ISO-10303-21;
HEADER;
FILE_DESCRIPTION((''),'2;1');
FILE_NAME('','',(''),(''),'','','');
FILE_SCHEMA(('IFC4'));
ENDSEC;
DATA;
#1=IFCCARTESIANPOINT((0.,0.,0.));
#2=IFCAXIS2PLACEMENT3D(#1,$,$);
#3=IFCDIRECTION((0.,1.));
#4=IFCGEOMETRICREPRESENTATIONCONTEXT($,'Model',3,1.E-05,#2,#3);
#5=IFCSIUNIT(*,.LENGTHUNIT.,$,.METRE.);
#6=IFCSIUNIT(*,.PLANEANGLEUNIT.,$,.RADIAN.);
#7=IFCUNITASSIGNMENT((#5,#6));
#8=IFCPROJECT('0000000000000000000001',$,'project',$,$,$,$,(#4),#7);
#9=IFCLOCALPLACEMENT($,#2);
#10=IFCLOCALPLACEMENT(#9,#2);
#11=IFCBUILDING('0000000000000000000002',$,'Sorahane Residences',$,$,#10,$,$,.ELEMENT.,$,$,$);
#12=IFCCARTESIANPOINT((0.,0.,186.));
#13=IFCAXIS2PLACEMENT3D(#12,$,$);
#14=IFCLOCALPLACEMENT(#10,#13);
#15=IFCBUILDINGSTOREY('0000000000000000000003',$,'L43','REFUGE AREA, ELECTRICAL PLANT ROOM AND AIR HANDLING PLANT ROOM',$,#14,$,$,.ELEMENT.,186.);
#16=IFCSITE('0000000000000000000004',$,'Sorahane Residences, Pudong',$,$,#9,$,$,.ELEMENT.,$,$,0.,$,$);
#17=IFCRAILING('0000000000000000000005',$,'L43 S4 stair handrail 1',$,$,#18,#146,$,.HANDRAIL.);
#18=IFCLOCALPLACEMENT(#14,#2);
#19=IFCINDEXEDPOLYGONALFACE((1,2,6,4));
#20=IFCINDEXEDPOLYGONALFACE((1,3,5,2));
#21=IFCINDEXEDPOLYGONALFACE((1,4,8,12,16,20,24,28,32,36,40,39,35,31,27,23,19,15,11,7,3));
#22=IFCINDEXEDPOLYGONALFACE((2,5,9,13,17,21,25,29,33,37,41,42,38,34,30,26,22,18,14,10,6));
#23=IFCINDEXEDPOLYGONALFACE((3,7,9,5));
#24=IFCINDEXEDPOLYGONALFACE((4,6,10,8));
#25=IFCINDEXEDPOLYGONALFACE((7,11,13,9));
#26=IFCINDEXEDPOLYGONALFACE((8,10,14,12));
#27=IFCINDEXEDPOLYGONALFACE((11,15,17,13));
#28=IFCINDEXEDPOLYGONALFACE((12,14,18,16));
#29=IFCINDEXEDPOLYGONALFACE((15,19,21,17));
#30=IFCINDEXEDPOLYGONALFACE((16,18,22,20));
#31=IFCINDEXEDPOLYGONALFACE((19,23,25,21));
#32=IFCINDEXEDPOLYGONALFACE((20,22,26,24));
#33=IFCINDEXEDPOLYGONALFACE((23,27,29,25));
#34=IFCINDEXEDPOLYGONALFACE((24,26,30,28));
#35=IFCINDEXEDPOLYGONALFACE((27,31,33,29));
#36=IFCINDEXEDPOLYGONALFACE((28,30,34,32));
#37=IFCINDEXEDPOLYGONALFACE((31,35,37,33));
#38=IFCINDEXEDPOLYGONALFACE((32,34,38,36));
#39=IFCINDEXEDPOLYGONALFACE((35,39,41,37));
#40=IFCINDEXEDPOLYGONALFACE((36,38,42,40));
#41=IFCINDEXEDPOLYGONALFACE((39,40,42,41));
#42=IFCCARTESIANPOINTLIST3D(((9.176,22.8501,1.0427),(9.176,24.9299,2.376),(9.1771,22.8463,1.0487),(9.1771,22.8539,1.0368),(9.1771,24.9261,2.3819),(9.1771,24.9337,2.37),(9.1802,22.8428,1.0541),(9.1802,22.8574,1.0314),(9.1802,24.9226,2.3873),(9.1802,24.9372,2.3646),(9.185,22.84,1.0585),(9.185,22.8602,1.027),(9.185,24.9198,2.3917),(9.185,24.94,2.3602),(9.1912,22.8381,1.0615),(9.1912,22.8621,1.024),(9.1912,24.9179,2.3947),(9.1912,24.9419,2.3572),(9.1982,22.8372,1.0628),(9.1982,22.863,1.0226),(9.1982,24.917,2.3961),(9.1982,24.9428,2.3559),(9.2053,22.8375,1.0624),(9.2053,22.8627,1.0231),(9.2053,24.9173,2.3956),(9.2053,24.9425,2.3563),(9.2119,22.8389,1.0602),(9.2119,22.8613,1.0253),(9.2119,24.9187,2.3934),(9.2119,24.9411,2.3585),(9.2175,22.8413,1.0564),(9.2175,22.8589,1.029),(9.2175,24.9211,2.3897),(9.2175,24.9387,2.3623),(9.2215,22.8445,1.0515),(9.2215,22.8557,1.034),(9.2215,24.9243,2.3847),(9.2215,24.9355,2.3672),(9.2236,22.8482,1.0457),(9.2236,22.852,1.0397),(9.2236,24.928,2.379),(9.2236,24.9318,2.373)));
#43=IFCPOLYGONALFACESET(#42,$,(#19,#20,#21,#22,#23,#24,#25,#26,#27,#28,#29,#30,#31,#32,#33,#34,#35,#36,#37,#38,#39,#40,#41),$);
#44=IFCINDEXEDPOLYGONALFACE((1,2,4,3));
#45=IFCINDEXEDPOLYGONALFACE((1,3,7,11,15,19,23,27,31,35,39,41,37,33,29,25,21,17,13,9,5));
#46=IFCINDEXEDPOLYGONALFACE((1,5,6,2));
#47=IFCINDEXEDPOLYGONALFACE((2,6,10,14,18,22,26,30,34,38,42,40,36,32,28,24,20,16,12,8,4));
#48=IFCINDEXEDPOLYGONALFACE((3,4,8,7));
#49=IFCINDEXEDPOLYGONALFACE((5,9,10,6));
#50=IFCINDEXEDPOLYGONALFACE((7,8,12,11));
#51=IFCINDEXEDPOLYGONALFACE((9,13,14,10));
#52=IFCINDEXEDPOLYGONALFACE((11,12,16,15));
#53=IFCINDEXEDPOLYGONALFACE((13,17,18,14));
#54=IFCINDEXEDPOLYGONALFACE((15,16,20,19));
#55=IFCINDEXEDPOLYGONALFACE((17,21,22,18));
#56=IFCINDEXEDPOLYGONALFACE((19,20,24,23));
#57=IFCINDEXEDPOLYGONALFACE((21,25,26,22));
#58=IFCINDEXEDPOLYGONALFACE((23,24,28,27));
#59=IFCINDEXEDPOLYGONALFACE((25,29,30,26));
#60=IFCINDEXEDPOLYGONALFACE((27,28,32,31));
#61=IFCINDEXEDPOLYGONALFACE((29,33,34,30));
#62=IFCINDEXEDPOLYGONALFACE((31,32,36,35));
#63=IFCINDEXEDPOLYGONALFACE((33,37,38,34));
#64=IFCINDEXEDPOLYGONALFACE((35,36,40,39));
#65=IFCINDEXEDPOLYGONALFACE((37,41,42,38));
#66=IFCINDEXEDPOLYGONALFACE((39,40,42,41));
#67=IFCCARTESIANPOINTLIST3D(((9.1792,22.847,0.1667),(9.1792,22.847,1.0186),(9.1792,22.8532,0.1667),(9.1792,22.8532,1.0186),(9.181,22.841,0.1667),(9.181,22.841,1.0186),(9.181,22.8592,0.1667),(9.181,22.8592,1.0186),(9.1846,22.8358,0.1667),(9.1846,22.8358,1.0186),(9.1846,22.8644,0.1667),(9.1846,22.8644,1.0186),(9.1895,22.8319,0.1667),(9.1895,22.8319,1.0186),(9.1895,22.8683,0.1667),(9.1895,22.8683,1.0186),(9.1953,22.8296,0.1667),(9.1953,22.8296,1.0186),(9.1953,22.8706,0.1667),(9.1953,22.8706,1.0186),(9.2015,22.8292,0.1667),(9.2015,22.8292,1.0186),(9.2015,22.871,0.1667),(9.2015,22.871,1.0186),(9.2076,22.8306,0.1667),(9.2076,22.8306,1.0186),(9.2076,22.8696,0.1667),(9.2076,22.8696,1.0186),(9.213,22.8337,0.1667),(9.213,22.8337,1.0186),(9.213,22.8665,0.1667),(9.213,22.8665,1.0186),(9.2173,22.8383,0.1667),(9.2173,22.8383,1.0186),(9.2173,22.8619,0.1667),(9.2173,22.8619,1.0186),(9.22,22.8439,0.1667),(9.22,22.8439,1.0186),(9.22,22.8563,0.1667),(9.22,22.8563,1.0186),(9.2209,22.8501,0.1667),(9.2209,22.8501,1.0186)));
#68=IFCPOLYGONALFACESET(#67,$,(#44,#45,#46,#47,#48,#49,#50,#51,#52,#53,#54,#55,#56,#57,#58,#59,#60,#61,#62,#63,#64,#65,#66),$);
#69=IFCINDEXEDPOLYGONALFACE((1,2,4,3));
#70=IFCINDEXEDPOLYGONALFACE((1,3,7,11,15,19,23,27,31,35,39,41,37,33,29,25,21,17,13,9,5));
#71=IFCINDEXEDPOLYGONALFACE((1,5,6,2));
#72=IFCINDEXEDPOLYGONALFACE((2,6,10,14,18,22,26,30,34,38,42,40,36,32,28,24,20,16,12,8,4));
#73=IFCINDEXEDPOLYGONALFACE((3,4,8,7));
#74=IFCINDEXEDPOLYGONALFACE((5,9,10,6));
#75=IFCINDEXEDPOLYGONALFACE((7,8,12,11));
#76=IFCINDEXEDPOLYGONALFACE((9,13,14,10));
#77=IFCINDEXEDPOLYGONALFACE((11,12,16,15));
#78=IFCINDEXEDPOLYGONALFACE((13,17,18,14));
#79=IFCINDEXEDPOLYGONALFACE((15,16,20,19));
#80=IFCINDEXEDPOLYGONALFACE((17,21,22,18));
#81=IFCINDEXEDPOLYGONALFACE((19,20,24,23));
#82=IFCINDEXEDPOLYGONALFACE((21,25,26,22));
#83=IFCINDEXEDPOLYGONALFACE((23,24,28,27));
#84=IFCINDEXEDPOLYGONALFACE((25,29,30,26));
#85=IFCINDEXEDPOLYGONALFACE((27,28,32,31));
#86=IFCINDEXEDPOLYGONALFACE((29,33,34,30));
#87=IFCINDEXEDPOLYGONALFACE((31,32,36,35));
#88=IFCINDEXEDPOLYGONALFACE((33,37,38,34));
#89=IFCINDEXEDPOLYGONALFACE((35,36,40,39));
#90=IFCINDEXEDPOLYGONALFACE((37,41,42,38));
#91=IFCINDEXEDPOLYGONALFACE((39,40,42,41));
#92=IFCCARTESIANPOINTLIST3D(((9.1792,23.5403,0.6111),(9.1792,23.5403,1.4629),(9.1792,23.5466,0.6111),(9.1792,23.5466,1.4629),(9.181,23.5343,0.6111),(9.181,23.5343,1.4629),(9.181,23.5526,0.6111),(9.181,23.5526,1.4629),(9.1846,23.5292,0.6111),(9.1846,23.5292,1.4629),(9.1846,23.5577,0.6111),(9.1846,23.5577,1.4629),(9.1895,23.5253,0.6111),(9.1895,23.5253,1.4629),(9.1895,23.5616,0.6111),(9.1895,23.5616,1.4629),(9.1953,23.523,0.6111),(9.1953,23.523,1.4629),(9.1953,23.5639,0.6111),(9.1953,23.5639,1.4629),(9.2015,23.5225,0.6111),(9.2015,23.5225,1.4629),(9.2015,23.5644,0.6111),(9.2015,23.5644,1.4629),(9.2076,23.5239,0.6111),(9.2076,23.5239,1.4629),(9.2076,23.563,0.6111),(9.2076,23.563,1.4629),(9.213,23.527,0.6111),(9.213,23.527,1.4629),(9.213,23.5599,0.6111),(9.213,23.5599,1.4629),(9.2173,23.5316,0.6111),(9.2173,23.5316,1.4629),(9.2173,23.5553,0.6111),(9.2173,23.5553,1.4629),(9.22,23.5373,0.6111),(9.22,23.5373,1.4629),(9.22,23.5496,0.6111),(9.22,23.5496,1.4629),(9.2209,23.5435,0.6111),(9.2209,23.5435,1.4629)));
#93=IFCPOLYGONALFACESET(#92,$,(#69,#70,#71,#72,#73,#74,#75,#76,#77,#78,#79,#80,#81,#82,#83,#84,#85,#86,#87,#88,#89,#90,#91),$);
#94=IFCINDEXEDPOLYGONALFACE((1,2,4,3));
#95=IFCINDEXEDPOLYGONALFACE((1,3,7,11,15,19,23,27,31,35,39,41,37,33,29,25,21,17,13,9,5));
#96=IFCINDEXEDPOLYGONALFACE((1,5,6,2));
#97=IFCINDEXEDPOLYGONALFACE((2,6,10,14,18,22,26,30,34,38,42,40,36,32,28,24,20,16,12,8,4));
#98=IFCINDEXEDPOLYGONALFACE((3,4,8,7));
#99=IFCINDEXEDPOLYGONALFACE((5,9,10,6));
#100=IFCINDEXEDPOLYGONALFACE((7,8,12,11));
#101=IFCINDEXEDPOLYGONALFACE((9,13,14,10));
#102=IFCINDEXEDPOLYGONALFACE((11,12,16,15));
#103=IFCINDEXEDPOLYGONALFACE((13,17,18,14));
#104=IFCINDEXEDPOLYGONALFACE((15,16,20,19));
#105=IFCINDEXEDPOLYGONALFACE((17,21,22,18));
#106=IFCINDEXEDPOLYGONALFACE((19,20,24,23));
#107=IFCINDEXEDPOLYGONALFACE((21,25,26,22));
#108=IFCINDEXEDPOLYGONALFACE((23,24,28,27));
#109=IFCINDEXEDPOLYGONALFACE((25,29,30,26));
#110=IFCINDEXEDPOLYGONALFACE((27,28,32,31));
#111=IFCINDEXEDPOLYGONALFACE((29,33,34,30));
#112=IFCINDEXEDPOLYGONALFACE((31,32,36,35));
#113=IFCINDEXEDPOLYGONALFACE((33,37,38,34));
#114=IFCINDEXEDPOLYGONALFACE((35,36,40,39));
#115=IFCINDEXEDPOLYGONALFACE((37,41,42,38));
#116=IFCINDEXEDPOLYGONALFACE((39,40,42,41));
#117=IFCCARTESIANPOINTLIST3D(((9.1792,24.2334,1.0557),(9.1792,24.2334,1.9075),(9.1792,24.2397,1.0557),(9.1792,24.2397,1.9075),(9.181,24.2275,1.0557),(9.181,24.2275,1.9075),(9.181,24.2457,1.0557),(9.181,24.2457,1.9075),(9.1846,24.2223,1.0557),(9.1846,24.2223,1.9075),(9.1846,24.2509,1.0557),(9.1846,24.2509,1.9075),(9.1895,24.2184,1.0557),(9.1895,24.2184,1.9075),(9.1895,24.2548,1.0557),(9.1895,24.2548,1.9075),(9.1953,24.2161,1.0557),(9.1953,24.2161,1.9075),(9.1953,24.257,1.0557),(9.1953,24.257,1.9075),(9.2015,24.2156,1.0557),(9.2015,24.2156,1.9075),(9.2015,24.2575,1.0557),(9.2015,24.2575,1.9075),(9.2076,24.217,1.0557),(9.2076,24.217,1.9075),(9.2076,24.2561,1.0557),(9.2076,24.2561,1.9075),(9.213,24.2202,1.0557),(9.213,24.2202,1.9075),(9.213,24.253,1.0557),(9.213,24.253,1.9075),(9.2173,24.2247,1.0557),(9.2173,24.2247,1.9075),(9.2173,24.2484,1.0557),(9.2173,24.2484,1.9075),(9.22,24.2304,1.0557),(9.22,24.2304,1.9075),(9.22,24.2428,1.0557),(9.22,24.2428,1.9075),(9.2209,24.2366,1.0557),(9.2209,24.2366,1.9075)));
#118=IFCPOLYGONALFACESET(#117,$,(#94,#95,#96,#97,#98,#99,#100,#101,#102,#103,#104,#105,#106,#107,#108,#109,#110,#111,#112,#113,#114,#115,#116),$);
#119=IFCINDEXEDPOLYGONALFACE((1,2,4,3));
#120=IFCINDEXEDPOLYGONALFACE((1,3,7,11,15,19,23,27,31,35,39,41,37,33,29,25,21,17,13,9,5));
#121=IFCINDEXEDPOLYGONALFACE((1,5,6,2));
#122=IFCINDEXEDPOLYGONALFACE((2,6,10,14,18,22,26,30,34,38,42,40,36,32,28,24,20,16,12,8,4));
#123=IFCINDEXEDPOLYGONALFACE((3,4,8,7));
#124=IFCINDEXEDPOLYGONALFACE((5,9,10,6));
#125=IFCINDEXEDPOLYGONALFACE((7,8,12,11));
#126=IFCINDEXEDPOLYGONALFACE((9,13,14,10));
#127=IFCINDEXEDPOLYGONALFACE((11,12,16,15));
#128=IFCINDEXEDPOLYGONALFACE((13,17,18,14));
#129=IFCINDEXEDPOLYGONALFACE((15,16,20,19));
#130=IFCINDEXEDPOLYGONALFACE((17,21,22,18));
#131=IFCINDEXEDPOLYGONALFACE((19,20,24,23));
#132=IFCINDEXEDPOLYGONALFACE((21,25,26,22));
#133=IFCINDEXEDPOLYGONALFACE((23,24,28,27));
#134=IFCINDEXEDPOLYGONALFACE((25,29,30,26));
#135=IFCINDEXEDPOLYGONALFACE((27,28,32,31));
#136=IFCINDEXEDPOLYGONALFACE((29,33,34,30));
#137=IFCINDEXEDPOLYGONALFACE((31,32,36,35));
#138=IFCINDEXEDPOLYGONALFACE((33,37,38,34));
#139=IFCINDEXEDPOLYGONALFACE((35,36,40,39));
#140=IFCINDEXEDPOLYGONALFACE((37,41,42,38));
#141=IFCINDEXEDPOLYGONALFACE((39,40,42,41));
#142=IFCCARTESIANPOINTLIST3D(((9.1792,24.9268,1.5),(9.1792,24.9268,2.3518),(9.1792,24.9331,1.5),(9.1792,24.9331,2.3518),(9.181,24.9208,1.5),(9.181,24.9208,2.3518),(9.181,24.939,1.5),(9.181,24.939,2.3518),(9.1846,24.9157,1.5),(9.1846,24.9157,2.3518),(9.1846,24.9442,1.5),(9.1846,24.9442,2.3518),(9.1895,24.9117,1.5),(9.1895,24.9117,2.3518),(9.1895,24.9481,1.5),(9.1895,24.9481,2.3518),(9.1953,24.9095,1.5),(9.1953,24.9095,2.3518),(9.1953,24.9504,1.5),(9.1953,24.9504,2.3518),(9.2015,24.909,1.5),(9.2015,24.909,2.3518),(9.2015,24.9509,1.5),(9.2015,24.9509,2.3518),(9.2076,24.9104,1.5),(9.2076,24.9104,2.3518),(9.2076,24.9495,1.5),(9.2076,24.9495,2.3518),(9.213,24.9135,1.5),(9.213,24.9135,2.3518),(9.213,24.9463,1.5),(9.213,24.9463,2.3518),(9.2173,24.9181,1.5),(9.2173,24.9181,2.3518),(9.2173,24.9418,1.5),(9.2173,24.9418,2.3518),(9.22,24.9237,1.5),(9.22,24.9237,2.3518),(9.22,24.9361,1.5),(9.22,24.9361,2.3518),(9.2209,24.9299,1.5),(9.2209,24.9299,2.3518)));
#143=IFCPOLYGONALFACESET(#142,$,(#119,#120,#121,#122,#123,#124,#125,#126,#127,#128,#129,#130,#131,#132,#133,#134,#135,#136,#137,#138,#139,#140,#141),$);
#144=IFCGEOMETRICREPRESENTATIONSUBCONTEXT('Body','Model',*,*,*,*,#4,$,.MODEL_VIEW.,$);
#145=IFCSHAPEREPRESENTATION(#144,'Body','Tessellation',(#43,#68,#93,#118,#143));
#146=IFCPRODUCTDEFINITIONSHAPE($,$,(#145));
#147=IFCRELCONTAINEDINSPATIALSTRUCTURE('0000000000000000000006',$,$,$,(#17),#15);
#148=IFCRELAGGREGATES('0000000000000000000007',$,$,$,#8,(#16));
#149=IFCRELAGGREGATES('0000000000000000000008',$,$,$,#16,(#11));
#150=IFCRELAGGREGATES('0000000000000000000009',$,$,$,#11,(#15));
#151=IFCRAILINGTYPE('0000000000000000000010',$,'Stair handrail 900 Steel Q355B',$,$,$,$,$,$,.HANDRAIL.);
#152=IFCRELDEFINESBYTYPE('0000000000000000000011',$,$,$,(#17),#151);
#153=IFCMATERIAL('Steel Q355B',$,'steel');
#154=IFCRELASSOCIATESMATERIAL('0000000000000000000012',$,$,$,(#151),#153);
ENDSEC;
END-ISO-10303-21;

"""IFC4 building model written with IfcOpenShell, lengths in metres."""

from ifc_helpers import new_model, si_unit, direction, frame, origin, origin_2d, place, context, subcontext, project, spatial, circle, extrude, material, type_object, element, save


model = new_model("IFC4")

# Units and contexts
model_context = context("Model", 3, precision=1e-05, world=origin(), true_north=direction((0.0, 1.0)))
body_context = subcontext(model_context, "Body", "Model", "MODEL_VIEW")
ifc_project = project(units=[si_unit("LENGTHUNIT", "METRE"), si_unit("PLANEANGLEUNIT", "RADIAN")], contexts=[model_context])

# Site, building, storey
site_placement = place(None, origin())
site = spatial("IfcSite", under=ifc_project, at=site_placement, Name="Sorahane Residences, Pudong", CompositionType="ELEMENT", RefElevation=0.0)
building_placement = place(site_placement, origin())
building = spatial("IfcBuilding", under=site, at=building_placement, Name="Sorahane Residences", CompositionType="ELEMENT")
storey_placement = place(building_placement, frame((0.0, 0.0, 186.0)))
storey = spatial("IfcBuildingStorey", under=building, at=storey_placement, Name="L43", Description="REFUGE AREA, ELECTRICAL PLANT ROOM AND AIR HANDLING PLANT ROOM", CompositionType="ELEMENT", Elevation=186.0)

# Railing
ifc_material_1 = material(Name="Steel Q355B", Category="steel")
railing_type_1 = type_object("IfcRailingType", Name="Stair handrail 900 Steel Q355B", PredefinedType="HANDRAIL", material=ifc_material_1)
railing_1_placement = place(storey_placement, frame((9.2, 22.8501, 0.1667)))
element("IfcRailing", 1, at=railing_1_placement, inside=storey, type_object=railing_type_1, Name="L43 S4 stair handrail 1", PredefinedType="HANDRAIL", context=body_context, shape_type="SweptSolid", body=[
    extrude(circle(Radius=0.0239, at=origin_2d()), frame((0.0, 0.0, 0.876), z_axis=(0.0, 0.841875, 0.539673), x_axis=(-1.0, 0.0, 0.0)), (0.0, 0.0, 1.0), 2.4705),
    extrude(circle(Radius=0.021, at=origin_2d()), origin(), (0.0, 0.0, 1.0), 0.8518),
    extrude(circle(Radius=0.021, at=origin_2d()), frame((0.0, 0.6934, 0.4443)), (0.0, 0.0, 1.0), 0.8518),
    extrude(circle(Radius=0.021, at=origin_2d()), frame((0.0, 1.3865, 0.8889)), (0.0, 0.0, 1.0), 0.8518),
    extrude(circle(Radius=0.021, at=origin_2d()), frame((0.0, 2.0798, 1.3333)), (0.0, 0.0, 1.0), 0.8518),
])

save(model, "model.ifc")
